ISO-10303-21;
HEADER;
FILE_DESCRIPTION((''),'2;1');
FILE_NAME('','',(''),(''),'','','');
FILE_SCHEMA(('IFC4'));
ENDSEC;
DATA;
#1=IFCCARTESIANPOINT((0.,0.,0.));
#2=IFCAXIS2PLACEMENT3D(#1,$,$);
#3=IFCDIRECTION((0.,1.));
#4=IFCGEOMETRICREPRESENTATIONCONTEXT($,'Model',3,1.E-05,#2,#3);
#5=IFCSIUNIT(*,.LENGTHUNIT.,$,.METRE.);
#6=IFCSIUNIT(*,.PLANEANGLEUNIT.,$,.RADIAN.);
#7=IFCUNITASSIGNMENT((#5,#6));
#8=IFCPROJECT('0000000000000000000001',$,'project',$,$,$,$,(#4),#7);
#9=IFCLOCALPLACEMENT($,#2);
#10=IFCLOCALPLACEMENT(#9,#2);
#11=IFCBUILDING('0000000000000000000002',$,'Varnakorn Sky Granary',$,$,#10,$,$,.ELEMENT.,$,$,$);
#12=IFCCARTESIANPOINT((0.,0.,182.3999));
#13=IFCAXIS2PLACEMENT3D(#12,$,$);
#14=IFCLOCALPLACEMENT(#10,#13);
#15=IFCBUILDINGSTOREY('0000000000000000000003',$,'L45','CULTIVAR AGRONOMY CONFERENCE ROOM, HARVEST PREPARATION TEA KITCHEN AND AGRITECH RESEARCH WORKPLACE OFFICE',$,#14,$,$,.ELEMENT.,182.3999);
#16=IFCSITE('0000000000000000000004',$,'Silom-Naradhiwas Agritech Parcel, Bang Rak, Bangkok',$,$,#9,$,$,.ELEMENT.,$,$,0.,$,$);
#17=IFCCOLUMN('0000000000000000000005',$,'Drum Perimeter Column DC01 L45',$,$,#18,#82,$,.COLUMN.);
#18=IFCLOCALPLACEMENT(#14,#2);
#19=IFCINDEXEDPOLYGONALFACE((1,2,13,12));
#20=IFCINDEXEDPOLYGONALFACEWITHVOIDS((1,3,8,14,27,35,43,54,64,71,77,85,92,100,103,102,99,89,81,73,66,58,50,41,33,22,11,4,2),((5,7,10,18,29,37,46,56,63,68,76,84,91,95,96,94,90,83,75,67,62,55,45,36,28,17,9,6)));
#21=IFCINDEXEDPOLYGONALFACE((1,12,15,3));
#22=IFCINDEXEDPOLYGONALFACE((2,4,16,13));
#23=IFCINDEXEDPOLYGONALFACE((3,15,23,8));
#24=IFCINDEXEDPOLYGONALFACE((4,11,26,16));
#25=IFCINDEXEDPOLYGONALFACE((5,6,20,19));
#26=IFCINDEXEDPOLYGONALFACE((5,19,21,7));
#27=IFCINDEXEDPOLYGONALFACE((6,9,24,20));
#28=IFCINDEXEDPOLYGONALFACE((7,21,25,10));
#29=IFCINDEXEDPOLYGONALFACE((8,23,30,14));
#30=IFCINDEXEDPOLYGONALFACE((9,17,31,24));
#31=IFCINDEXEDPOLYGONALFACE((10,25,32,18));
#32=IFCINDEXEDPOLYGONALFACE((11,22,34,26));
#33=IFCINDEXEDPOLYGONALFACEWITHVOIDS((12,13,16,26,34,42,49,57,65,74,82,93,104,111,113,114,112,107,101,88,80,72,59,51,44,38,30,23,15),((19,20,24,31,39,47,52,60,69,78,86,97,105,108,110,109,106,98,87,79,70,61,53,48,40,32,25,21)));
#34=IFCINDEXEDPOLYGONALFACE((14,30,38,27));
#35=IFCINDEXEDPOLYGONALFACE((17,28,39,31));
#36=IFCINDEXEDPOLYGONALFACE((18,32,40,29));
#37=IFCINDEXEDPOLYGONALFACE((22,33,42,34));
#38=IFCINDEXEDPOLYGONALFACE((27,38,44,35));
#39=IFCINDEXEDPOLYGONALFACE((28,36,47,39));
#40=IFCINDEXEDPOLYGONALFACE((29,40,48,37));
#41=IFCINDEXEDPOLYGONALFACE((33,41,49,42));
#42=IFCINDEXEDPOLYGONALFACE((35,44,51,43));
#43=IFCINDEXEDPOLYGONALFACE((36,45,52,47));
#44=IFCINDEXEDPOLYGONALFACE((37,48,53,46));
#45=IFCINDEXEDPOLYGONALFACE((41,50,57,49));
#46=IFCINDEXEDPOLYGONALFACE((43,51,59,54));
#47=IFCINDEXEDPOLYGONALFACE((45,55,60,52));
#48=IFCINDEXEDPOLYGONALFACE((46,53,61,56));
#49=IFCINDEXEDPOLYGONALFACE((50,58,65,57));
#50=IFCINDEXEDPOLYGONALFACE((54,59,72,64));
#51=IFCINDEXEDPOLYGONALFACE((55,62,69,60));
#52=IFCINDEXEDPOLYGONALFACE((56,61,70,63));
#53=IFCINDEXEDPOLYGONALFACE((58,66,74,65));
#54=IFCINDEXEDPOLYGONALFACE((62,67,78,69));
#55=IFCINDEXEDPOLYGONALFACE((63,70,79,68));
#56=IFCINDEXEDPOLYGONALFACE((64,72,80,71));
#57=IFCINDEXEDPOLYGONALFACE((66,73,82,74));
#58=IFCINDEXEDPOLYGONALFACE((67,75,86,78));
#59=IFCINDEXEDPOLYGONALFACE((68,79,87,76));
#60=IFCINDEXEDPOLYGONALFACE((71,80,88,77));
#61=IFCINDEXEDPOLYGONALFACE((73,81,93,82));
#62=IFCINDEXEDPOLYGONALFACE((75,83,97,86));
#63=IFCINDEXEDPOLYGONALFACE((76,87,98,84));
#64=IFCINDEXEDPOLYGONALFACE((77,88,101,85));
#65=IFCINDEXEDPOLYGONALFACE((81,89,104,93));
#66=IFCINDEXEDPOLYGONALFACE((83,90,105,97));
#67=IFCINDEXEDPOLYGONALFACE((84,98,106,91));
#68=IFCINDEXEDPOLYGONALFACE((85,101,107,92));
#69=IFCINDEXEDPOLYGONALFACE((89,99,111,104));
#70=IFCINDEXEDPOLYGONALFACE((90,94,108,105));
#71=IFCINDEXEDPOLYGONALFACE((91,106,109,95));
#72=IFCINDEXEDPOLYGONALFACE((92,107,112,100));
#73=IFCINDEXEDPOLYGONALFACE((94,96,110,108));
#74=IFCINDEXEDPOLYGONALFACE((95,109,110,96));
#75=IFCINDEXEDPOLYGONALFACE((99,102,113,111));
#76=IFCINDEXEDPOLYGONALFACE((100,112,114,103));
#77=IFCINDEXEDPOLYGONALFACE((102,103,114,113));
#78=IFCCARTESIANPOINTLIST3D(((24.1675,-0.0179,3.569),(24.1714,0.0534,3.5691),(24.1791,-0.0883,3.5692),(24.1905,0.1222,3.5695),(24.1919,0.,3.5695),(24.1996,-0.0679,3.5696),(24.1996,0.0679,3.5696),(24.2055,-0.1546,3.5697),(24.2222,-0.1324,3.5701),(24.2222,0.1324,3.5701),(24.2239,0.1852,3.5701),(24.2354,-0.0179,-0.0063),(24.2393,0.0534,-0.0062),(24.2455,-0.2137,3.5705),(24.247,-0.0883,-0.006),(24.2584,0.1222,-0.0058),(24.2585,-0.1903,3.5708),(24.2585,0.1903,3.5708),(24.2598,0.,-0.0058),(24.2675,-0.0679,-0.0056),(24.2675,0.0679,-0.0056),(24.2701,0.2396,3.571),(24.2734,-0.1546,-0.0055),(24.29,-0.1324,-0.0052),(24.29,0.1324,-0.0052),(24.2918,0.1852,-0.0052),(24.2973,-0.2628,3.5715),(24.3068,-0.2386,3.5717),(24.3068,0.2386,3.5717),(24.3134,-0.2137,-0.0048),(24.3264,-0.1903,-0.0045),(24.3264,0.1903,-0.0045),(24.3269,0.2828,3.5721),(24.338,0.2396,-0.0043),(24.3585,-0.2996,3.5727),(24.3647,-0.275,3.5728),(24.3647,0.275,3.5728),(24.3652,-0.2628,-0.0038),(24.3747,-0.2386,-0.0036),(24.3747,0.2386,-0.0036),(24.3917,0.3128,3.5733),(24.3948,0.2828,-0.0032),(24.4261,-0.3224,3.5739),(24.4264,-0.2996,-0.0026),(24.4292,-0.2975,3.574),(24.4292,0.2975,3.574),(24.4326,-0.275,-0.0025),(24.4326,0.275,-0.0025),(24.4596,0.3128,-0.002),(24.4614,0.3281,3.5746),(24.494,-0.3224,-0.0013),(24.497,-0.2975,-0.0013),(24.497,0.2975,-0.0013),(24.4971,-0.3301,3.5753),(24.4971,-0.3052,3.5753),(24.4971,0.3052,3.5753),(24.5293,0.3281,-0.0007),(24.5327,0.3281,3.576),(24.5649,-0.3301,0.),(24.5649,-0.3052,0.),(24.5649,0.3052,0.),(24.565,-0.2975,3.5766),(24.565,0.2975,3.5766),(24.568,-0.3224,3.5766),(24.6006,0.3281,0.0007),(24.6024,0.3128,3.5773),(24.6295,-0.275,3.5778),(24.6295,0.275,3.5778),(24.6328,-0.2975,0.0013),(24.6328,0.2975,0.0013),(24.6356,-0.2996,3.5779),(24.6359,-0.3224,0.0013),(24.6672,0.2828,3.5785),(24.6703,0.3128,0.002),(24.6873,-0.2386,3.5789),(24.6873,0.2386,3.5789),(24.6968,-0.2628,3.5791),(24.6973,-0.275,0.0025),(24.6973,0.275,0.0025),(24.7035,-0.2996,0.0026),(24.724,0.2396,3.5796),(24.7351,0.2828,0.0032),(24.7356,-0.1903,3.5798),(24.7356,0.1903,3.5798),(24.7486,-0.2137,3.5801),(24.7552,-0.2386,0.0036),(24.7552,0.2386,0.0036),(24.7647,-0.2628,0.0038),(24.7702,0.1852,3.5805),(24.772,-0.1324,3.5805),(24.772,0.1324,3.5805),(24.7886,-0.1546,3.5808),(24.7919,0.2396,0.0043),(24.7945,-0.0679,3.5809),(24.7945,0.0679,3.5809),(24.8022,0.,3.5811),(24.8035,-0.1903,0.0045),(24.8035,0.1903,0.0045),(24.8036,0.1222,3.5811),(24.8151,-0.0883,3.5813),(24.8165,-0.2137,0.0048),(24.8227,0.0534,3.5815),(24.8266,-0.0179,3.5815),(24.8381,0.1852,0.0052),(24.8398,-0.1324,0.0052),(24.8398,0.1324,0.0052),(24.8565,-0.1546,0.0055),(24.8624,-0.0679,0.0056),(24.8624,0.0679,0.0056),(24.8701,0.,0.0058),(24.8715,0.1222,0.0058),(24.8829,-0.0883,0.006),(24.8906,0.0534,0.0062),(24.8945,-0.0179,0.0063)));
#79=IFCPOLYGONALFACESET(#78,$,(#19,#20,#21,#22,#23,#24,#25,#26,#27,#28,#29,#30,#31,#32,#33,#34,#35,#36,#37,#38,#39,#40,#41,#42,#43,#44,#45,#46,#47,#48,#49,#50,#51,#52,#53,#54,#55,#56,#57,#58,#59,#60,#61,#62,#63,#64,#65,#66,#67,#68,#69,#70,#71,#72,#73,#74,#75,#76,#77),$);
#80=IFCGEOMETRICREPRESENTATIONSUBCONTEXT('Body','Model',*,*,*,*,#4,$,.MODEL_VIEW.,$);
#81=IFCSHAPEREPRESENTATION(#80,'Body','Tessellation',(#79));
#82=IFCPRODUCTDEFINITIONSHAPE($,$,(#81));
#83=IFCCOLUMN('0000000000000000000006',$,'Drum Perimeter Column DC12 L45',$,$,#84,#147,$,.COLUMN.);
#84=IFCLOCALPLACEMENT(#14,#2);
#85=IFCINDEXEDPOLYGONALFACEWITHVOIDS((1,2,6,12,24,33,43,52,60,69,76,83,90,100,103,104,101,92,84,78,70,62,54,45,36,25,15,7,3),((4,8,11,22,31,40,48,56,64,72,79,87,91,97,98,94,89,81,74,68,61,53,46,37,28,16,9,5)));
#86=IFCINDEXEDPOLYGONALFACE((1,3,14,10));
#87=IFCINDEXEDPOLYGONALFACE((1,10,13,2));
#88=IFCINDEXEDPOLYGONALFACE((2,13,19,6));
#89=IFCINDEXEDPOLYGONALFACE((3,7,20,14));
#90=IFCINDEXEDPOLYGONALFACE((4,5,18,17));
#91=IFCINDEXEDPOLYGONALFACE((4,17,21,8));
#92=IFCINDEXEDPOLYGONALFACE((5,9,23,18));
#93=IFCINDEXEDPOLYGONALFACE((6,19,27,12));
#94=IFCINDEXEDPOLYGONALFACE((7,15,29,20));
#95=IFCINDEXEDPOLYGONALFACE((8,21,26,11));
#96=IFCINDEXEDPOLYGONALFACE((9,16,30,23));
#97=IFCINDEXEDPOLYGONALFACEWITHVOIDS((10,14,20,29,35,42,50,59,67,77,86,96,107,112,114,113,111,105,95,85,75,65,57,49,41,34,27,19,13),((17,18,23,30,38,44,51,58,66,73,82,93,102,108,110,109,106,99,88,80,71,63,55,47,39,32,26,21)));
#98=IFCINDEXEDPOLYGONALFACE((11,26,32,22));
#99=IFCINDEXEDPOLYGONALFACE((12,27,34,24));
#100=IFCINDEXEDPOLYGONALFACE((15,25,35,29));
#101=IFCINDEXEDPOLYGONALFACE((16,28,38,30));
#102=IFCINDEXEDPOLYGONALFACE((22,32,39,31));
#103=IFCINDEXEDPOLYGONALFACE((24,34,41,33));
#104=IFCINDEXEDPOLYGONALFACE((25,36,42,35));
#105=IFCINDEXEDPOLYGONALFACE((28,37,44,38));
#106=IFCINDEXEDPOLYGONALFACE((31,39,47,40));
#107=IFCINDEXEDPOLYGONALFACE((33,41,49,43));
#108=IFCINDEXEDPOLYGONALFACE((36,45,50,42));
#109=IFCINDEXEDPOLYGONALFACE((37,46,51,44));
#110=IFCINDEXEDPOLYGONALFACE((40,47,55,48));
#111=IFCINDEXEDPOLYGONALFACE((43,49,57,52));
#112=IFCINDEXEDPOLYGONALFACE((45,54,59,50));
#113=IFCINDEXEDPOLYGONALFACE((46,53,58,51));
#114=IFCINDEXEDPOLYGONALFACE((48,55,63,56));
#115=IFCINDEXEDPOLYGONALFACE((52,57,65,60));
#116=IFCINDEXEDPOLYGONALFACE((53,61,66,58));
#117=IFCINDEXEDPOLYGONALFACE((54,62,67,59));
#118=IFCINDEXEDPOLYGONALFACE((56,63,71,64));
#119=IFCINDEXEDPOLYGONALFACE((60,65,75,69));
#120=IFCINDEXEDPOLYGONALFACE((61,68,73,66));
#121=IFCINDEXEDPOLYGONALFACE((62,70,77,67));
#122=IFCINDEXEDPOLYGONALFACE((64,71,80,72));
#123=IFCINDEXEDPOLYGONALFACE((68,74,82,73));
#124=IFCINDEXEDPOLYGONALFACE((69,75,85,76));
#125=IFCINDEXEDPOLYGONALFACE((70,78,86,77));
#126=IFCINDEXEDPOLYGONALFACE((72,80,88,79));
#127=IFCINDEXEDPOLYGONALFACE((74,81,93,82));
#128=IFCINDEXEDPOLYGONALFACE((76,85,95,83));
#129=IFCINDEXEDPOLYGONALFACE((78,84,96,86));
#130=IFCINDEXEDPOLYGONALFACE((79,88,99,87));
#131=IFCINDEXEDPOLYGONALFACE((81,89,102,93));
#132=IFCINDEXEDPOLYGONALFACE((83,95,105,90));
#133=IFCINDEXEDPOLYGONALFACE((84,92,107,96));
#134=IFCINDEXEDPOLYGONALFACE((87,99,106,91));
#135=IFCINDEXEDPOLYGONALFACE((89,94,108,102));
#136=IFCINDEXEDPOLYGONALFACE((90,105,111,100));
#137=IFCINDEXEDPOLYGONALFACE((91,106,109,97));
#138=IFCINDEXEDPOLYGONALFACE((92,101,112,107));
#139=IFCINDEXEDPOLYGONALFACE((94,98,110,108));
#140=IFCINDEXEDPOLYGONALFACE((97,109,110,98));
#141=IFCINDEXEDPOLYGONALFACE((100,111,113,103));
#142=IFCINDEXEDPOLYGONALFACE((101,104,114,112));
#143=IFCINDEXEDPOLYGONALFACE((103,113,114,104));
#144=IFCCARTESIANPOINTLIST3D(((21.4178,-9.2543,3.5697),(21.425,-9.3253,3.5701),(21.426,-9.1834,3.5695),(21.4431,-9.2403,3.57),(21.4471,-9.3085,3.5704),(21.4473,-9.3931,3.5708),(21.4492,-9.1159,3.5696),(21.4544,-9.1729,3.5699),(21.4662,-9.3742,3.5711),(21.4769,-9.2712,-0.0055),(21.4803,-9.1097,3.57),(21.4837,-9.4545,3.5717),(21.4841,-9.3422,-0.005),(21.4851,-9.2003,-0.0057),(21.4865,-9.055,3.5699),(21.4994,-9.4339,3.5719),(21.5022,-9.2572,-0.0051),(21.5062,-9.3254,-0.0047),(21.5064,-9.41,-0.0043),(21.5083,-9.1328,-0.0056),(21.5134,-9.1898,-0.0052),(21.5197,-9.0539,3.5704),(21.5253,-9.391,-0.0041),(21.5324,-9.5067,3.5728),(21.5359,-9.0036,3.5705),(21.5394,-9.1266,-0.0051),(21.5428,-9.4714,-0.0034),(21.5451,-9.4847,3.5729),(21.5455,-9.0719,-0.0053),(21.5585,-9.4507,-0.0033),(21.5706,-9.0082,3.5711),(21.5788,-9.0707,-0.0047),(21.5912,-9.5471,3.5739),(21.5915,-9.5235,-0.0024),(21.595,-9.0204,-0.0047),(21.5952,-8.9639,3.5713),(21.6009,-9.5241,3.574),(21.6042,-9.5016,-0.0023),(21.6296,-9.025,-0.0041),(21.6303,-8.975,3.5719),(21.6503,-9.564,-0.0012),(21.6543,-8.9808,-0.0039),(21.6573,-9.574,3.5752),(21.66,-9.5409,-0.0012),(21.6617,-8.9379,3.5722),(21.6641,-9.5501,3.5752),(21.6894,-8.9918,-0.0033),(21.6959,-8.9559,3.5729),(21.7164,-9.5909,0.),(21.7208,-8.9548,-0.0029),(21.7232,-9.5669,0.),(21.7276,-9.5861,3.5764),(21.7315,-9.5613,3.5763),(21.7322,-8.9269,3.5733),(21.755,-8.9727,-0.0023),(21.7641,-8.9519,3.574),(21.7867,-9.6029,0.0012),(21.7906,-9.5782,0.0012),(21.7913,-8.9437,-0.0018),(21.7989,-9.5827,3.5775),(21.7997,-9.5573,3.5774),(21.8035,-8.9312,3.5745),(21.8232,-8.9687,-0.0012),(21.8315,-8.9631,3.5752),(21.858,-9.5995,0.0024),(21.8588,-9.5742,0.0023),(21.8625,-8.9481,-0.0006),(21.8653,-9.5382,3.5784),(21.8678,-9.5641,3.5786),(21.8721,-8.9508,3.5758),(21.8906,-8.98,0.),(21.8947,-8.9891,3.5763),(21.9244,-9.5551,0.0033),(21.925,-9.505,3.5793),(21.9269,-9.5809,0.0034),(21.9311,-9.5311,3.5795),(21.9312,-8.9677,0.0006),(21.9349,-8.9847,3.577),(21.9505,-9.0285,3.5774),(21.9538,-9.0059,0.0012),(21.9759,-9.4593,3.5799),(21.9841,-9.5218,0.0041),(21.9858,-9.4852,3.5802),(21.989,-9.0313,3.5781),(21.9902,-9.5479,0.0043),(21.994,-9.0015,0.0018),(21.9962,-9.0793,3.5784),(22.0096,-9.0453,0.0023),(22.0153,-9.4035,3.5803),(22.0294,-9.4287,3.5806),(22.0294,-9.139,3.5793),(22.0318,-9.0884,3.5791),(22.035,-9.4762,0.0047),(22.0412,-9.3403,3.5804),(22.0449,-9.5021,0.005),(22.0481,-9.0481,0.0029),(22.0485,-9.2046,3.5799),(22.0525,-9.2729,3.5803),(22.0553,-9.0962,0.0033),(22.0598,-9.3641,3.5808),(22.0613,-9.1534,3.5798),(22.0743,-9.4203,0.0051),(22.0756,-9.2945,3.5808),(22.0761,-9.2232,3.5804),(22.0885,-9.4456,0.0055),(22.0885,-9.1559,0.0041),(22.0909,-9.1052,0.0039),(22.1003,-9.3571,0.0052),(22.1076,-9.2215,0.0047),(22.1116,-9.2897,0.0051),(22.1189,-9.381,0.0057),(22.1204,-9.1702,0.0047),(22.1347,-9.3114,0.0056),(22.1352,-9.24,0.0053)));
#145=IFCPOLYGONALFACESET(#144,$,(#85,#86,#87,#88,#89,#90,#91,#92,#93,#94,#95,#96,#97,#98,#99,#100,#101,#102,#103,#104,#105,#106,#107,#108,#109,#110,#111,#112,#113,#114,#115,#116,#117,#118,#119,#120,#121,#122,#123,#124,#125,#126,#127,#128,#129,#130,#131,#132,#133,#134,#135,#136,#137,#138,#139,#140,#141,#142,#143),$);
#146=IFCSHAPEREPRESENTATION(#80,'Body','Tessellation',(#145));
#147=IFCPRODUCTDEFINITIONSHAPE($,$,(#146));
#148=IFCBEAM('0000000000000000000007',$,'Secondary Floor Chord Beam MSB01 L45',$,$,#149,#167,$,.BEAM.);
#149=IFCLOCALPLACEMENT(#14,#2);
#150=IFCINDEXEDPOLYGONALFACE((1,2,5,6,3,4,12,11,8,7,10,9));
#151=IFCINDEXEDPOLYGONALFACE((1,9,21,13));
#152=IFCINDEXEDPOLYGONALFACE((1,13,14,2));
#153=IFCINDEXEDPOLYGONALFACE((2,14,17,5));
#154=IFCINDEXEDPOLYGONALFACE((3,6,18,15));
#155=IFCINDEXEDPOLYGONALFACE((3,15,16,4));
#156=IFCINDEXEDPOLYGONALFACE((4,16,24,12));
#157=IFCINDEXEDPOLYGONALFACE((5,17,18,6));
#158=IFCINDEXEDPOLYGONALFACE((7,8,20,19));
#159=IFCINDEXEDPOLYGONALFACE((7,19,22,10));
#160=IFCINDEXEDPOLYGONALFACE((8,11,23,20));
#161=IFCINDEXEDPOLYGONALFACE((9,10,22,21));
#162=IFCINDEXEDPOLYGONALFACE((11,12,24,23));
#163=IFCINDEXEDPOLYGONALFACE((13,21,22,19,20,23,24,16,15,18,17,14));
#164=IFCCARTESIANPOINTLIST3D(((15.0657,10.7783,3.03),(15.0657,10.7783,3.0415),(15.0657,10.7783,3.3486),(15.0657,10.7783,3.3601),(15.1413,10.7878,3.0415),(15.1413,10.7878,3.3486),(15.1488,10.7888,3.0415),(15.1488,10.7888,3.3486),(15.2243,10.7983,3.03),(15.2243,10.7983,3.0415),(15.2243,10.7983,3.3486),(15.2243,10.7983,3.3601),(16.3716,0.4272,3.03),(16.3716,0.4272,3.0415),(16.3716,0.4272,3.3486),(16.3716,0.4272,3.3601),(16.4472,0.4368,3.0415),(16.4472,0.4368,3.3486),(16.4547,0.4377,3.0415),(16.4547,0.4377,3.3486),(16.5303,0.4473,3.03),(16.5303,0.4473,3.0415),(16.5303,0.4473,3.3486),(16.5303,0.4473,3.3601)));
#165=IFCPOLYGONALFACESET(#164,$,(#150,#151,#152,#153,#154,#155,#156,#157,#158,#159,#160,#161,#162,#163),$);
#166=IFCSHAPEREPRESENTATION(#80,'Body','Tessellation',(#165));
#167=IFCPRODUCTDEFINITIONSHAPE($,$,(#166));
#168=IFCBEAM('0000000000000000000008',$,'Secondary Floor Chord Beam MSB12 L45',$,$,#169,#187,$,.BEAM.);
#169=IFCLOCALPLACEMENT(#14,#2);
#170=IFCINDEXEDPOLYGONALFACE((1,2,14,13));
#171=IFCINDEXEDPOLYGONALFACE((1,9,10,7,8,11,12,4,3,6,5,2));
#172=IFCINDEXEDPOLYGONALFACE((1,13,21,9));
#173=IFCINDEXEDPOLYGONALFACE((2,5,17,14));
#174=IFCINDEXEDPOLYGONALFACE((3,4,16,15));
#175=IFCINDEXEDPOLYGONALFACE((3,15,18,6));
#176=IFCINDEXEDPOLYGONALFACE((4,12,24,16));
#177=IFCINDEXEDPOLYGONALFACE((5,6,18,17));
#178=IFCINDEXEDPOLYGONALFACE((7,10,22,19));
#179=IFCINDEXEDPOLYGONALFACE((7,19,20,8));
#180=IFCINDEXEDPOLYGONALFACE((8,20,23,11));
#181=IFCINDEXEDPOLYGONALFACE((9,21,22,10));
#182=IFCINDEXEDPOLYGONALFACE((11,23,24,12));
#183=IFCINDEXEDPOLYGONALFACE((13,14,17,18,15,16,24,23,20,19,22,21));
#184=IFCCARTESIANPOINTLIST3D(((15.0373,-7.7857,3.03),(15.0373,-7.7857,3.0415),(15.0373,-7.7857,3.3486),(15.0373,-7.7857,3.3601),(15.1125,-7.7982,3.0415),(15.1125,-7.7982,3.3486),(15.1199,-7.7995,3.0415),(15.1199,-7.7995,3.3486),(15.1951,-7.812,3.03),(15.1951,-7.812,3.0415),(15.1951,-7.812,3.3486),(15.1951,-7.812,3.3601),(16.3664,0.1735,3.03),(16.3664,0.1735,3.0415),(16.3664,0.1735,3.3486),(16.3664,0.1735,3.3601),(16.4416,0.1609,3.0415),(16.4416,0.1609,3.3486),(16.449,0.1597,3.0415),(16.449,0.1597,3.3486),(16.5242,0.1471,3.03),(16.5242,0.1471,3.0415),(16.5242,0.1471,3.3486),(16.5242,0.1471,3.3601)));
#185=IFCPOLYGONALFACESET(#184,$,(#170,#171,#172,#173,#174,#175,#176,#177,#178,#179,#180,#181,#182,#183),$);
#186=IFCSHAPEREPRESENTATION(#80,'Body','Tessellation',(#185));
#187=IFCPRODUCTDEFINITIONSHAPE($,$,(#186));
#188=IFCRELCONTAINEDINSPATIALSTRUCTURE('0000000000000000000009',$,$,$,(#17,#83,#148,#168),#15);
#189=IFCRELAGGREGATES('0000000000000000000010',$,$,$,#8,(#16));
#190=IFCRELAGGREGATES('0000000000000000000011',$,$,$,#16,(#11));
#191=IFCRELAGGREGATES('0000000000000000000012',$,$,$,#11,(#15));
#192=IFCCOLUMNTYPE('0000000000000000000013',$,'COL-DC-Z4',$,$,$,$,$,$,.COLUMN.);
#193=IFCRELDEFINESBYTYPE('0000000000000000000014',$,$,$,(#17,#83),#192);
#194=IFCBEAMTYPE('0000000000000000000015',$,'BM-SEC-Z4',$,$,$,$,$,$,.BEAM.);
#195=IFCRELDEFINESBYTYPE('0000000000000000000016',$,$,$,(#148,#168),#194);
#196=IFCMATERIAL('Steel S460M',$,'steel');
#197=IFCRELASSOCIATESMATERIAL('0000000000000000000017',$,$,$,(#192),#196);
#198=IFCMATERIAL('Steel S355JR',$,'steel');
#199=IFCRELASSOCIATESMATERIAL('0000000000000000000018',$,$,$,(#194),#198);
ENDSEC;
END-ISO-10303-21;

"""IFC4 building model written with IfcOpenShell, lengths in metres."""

from ifc_helpers import new_model, si_unit, direction, frame, origin, origin_2d, place, context, subcontext, project, spatial, hollow_circle, i_section, extrude, material, material_profile, profile_set, type_object, element, save


model = new_model("IFC4")

# Units and contexts
model_context = context("Model", 3, precision=1e-05, world=origin(), true_north=direction((0.0, 1.0)))
body_context = subcontext(model_context, "Body", "Model", "MODEL_VIEW")
ifc_project = project(units=[si_unit("LENGTHUNIT", "METRE"), si_unit("PLANEANGLEUNIT", "RADIAN")], contexts=[model_context])

# Site, building, storey
site_placement = place(None, origin())
site = spatial("IfcSite", under=ifc_project, at=site_placement, Name="Silom-Naradhiwas Agritech Parcel, Bang Rak, Bangkok", CompositionType="ELEMENT", RefElevation=0.0)
building_placement = place(site_placement, origin())
building = spatial("IfcBuilding", under=site, at=building_placement, Name="Varnakorn Sky Granary", CompositionType="ELEMENT")
storey_placement = place(building_placement, frame((0.0, 0.0, 182.3999)))
storey = spatial("IfcBuildingStorey", under=building, at=storey_placement, Name="L45", Description="CULTIVAR AGRONOMY CONFERENCE ROOM, HARVEST PREPARATION TEA KITCHEN AND AGRITECH RESEARCH WORKPLACE OFFICE", CompositionType="ELEMENT", Elevation=182.3999)

# Columns
ifc_material_1 = material(Name="Steel S460M", Category="steel")
ifc_material_profile_1 = material_profile(ifc_material_1, hollow_circle(Radius=0.3301, WallThickness=0.0249, at=origin_2d()), Name="CHS 660x25")
ifc_profile_set_1 = profile_set([ifc_material_profile_1], Name="Steel S460M")
column_type = type_object("IfcColumnType", Name="COL-DC-Z4", PredefinedType="COLUMN", material=ifc_profile_set_1)
column_1_placement = place(storey_placement, frame((24.5649, 0.0, 0.0), z_axis=(-0.01898, 0.0, 0.99982), x_axis=(0.0, -1.0, 0.0)))
element("IfcColumn", 1, at=column_1_placement, inside=storey, type_object=column_type, Name="Drum Perimeter Column DC01 L45", PredefinedType="COLUMN", context=body_context, shape_type="SweptSolid", body=[
    extrude(hollow_circle(Radius=0.3301, WallThickness=0.0249, at=origin_2d()), origin(), (0.0, 0.0, 1.0), 3.5759),
])
column_2_placement = place(storey_placement, frame((21.8069, -9.2734, 0.0), z_axis=(-0.016523, 0.004711, 0.999852), x_axis=(-0.274196, -0.961674, 0.0)))
element("IfcColumn", 2, at=column_2_placement, inside=storey, type_object=column_type, Name="Drum Perimeter Column DC12 L45", PredefinedType="COLUMN", context=body_context, shape_type="SweptSolid", body=[
    extrude(hollow_circle(Radius=0.3301, WallThickness=0.0249, at=origin_2d()), origin(), (0.0, 0.0, 1.0), 3.5757),
])

# Beams
ifc_material_2 = material(Name="Steel S355JR", Category="steel")
ifc_material_profile_2 = material_profile(ifc_material_2, i_section(OverallWidth=0.1599, OverallDepth=0.3301, WebThickness=0.0076, FlangeThickness=0.0115, at=origin_2d()), Name="IPE 330")
ifc_profile_set_2 = profile_set([ifc_material_profile_2], Name="Steel S355JR")
beam_type_1 = type_object("IfcBeamType", Name="BM-SEC-Z4", PredefinedType="BEAM", material=ifc_profile_set_2)
beam_1_placement = place(storey_placement, frame((16.4509, 0.4373, 3.1951), z_axis=(-0.125169, 0.992135, 0.0), x_axis=(-0.992135, -0.125169, 0.0)))
element("IfcBeam", 3, at=beam_1_placement, inside=storey, type_object=beam_type_1, Name="Secondary Floor Chord Beam MSB01 L45", PredefinedType="BEAM", context=body_context, shape_type="SweptSolid", body=[
    extrude(i_section(OverallWidth=0.1599, OverallDepth=0.3301, WebThickness=0.0076, FlangeThickness=0.0115, at=origin_2d()), origin(), (0.0, 0.0, 1.0), 10.4331),
])
beam_2_placement = place(storey_placement, frame((15.1162, -7.7988, 3.1951), z_axis=(0.164708, 0.986342, 0.0), x_axis=(-0.986342, 0.164708, 0.0)))
element("IfcBeam", 4, at=beam_2_placement, inside=storey, type_object=beam_type_1, Name="Secondary Floor Chord Beam MSB12 L45", PredefinedType="BEAM", context=body_context, shape_type="SweptSolid", body=[
    extrude(i_section(OverallWidth=0.1599, OverallDepth=0.3301, WebThickness=0.0076, FlangeThickness=0.0115, at=origin_2d()), origin(), (0.0, 0.0, 1.0), 8.0693),
])

save(model, "model.ifc")
